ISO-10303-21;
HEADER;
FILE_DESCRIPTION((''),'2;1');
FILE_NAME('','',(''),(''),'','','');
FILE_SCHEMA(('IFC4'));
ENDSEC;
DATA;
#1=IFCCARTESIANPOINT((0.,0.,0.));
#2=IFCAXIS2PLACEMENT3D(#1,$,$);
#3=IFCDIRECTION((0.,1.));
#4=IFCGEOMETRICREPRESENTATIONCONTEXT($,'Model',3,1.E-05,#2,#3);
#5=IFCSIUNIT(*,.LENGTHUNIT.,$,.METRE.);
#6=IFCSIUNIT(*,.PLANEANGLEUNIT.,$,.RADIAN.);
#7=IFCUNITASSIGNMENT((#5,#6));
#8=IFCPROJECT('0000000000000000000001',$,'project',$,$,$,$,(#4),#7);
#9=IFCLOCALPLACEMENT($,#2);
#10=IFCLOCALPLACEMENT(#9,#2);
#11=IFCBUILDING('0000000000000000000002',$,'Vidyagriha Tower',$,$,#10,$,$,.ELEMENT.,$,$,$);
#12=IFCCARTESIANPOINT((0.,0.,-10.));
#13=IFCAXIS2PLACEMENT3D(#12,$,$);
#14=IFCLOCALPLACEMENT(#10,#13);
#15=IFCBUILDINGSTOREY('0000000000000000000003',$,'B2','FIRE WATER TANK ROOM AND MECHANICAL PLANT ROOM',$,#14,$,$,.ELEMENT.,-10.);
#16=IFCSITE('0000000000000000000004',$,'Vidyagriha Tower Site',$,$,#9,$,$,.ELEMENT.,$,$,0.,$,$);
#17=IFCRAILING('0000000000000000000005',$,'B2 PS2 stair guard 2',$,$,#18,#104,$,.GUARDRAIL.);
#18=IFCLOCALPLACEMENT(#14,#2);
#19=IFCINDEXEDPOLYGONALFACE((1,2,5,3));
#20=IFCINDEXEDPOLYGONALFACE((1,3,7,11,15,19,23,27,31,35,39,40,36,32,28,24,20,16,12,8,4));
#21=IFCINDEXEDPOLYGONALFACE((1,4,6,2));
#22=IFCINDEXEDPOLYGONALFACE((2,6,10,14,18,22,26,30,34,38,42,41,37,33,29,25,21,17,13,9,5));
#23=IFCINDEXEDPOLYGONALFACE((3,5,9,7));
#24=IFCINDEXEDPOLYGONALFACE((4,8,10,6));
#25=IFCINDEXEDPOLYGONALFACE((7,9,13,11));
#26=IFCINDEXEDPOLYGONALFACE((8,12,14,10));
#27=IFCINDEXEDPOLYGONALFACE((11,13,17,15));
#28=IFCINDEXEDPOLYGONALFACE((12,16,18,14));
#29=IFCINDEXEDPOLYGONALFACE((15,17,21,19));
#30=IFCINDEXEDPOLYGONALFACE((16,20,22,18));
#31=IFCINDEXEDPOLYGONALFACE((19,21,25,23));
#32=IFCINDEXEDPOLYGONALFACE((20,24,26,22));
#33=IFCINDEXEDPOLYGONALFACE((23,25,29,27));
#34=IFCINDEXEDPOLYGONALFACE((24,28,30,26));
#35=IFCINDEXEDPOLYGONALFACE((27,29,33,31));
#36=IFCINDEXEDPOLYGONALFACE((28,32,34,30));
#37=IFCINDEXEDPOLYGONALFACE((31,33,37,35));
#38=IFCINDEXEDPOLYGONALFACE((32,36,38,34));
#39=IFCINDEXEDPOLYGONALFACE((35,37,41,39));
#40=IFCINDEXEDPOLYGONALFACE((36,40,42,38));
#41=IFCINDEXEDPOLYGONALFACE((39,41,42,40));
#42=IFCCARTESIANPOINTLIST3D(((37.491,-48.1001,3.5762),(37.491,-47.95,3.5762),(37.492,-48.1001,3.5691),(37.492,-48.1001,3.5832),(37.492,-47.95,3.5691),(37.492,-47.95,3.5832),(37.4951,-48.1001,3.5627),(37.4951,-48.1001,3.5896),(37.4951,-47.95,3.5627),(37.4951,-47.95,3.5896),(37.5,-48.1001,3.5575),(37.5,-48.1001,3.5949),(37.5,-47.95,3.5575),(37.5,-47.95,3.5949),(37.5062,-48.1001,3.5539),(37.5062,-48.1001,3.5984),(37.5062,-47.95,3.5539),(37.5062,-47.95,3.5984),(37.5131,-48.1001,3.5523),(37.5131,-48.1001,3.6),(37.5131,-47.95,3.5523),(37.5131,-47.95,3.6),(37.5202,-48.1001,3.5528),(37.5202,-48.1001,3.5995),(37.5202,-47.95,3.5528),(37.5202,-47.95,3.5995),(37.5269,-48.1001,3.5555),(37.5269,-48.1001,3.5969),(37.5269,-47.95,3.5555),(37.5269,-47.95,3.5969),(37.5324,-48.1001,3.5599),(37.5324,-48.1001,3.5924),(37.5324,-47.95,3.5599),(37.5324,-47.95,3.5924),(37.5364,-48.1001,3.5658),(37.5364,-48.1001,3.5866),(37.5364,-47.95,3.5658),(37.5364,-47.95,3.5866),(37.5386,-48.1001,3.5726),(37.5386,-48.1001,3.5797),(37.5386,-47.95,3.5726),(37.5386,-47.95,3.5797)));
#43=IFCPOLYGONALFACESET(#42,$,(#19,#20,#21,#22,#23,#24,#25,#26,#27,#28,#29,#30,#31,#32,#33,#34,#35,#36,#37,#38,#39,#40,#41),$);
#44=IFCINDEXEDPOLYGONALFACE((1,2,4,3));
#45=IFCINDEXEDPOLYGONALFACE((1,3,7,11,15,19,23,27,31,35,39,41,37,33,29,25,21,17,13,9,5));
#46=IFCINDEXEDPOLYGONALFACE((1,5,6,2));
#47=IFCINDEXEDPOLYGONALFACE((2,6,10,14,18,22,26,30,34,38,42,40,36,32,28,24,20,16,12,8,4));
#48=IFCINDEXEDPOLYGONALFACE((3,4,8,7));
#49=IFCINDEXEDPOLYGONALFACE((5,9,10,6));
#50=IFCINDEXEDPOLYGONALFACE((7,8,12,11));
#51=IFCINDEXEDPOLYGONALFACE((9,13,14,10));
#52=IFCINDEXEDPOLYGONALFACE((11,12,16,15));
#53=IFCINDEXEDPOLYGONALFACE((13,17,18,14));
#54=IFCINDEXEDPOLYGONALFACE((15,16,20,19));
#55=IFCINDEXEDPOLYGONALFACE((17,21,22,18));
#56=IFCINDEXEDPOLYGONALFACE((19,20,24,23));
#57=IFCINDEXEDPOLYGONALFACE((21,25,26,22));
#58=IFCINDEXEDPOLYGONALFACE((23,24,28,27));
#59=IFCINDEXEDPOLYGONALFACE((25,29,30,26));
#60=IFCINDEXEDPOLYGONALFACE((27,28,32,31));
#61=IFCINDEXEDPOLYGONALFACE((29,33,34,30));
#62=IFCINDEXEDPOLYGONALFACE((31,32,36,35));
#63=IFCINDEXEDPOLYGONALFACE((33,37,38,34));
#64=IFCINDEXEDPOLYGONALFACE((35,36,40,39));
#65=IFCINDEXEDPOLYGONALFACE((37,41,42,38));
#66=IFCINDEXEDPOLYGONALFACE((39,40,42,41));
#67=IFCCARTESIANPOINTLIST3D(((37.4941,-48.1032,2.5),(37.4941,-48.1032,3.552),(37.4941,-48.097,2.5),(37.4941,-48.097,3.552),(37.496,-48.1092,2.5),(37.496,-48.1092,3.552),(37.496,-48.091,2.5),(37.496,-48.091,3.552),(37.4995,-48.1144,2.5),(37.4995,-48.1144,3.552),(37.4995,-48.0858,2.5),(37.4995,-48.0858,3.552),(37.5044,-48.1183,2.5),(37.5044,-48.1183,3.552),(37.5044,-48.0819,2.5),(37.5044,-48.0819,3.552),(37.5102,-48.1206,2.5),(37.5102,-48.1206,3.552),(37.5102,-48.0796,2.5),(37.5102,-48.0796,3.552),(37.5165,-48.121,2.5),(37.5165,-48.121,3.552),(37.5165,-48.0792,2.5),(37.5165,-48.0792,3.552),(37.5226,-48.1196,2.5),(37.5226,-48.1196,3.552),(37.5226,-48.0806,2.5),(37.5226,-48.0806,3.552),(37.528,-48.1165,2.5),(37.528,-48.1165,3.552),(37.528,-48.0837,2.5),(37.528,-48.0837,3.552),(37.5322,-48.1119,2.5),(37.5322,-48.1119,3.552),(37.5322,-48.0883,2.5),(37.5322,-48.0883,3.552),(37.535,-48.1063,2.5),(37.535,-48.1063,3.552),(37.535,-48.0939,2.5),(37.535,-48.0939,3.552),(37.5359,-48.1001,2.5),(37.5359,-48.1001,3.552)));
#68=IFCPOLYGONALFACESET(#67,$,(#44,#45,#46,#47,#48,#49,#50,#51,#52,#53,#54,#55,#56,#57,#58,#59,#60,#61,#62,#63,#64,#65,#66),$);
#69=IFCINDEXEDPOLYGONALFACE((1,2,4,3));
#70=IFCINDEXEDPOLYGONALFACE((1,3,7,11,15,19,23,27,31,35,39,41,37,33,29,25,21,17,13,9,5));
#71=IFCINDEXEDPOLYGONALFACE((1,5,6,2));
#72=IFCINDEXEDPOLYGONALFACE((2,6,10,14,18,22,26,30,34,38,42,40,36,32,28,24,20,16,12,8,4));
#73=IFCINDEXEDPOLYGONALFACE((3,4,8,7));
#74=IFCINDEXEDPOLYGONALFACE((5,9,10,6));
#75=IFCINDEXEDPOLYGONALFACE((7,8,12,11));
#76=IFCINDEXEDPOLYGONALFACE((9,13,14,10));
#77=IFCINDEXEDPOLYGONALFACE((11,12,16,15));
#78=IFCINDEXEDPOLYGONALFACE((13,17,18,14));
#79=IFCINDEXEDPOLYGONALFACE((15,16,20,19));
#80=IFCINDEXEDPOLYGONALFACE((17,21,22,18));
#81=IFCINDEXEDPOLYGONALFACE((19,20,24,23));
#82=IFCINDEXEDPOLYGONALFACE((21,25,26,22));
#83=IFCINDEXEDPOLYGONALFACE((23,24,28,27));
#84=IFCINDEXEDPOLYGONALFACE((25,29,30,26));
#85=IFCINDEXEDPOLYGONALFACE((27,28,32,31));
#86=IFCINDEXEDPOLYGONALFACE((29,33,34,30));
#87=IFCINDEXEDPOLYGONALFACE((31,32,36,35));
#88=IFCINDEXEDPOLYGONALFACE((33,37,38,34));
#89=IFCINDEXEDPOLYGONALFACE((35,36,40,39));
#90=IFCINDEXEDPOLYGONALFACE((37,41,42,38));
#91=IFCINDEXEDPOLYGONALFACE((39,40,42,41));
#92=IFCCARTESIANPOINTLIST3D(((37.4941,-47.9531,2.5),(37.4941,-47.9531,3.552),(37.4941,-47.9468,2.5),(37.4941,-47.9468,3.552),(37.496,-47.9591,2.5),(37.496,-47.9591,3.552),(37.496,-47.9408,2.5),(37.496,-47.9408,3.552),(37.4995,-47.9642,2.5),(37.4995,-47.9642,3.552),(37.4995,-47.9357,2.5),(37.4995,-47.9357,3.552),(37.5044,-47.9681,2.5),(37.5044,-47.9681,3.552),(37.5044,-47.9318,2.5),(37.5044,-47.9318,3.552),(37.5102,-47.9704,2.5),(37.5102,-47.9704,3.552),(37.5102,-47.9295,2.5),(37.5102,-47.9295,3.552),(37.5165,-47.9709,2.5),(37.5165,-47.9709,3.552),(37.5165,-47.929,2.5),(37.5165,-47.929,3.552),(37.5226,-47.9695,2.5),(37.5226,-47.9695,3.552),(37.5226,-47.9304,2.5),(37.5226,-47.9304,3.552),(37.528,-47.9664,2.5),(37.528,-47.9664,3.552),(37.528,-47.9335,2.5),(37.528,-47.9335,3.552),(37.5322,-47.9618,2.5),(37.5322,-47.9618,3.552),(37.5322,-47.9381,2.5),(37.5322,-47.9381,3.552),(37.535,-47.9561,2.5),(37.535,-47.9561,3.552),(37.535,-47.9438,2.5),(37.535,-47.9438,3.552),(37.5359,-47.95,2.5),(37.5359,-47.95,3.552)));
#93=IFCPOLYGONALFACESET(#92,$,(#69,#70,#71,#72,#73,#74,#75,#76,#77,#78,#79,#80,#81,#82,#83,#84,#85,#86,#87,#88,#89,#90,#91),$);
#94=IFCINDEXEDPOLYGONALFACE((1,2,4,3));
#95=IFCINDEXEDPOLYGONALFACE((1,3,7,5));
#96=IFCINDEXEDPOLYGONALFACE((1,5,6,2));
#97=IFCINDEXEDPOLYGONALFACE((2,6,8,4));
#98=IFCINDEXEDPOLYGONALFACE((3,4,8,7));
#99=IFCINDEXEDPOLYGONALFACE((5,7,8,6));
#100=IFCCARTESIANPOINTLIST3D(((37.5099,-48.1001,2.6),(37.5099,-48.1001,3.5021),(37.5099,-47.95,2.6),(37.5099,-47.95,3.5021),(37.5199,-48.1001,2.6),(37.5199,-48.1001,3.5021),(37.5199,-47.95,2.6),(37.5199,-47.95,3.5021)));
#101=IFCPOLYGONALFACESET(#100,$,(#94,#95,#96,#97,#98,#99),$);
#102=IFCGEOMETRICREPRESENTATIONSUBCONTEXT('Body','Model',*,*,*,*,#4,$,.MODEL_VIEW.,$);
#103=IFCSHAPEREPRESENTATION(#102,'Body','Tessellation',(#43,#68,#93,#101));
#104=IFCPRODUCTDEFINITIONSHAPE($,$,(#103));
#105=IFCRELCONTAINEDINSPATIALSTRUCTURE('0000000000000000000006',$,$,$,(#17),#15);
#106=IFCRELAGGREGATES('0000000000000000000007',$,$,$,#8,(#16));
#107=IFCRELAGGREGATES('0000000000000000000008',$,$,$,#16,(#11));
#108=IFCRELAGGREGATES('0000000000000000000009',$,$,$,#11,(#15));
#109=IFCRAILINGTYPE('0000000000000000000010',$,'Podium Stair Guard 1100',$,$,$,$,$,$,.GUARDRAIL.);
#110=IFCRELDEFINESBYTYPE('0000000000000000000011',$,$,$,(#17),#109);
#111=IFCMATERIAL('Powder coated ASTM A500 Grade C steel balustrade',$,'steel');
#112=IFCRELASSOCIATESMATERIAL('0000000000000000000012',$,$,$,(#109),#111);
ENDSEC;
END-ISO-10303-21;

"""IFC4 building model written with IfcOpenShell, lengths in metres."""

from ifc_helpers import new_model, si_unit, direction, frame, origin, origin_2d, place, context, subcontext, project, spatial, rectangle, circle, extrude, material, type_object, element, save


model = new_model("IFC4")

# Units and contexts
model_context = context("Model", 3, precision=1e-05, world=origin(), true_north=direction((0.0, 1.0)))
body_context = subcontext(model_context, "Body", "Model", "MODEL_VIEW")
ifc_project = project(units=[si_unit("LENGTHUNIT", "METRE"), si_unit("PLANEANGLEUNIT", "RADIAN")], contexts=[model_context])

# Site, building, storey
site_placement = place(None, origin())
site = spatial("IfcSite", under=ifc_project, at=site_placement, Name="Vidyagriha Tower Site", CompositionType="ELEMENT", RefElevation=0.0)
building_placement = place(site_placement, origin())
building = spatial("IfcBuilding", under=site, at=building_placement, Name="Vidyagriha Tower", CompositionType="ELEMENT")
storey_placement = place(building_placement, frame((0.0, 0.0, -10.0)))
storey = spatial("IfcBuildingStorey", under=building, at=storey_placement, Name="B2", Description="FIRE WATER TANK ROOM AND MECHANICAL PLANT ROOM", CompositionType="ELEMENT", Elevation=-10.0)

# Railing
ifc_material_1 = material(Name="Powder coated ASTM A500 Grade C steel balustrade", Category="steel")
railing_type_1 = type_object("IfcRailingType", Name="Podium Stair Guard 1100", PredefinedType="GUARDRAIL", material=ifc_material_1)
railing_1_placement = place(storey_placement, frame((37.5149, -48.1001, 2.5)))
element("IfcRailing", 1, at=railing_1_placement, inside=storey, type_object=railing_type_1, Name="B2 PS2 stair guard 2", PredefinedType="GUARDRAIL", context=body_context, shape_type="SweptSolid", body=[
    extrude(circle(Radius=0.0239, at=origin_2d()), frame((0.0, 0.0, 1.0762), z_axis=(0.0, 1.0, 0.0), x_axis=(-1.0, 0.0, 0.0)), (0.0, 0.0, 1.0), 0.1501),
    extrude(circle(Radius=0.021, at=origin_2d()), origin(), (0.0, 0.0, 1.0), 1.052),
    extrude(circle(Radius=0.021, at=origin_2d()), frame((0.0, 0.1501, 0.0)), (0.0, 0.0, 1.0), 1.052),
    extrude(rectangle(XDim=0.01, YDim=0.9021, at=origin_2d()), frame((0.0, 0.0, 0.551), z_axis=(0.0, 1.0, 0.0), x_axis=(-1.0, 0.0, 0.0)), (0.0, 0.0, 1.0), 0.1501),
])

save(model, "model.ifc")
